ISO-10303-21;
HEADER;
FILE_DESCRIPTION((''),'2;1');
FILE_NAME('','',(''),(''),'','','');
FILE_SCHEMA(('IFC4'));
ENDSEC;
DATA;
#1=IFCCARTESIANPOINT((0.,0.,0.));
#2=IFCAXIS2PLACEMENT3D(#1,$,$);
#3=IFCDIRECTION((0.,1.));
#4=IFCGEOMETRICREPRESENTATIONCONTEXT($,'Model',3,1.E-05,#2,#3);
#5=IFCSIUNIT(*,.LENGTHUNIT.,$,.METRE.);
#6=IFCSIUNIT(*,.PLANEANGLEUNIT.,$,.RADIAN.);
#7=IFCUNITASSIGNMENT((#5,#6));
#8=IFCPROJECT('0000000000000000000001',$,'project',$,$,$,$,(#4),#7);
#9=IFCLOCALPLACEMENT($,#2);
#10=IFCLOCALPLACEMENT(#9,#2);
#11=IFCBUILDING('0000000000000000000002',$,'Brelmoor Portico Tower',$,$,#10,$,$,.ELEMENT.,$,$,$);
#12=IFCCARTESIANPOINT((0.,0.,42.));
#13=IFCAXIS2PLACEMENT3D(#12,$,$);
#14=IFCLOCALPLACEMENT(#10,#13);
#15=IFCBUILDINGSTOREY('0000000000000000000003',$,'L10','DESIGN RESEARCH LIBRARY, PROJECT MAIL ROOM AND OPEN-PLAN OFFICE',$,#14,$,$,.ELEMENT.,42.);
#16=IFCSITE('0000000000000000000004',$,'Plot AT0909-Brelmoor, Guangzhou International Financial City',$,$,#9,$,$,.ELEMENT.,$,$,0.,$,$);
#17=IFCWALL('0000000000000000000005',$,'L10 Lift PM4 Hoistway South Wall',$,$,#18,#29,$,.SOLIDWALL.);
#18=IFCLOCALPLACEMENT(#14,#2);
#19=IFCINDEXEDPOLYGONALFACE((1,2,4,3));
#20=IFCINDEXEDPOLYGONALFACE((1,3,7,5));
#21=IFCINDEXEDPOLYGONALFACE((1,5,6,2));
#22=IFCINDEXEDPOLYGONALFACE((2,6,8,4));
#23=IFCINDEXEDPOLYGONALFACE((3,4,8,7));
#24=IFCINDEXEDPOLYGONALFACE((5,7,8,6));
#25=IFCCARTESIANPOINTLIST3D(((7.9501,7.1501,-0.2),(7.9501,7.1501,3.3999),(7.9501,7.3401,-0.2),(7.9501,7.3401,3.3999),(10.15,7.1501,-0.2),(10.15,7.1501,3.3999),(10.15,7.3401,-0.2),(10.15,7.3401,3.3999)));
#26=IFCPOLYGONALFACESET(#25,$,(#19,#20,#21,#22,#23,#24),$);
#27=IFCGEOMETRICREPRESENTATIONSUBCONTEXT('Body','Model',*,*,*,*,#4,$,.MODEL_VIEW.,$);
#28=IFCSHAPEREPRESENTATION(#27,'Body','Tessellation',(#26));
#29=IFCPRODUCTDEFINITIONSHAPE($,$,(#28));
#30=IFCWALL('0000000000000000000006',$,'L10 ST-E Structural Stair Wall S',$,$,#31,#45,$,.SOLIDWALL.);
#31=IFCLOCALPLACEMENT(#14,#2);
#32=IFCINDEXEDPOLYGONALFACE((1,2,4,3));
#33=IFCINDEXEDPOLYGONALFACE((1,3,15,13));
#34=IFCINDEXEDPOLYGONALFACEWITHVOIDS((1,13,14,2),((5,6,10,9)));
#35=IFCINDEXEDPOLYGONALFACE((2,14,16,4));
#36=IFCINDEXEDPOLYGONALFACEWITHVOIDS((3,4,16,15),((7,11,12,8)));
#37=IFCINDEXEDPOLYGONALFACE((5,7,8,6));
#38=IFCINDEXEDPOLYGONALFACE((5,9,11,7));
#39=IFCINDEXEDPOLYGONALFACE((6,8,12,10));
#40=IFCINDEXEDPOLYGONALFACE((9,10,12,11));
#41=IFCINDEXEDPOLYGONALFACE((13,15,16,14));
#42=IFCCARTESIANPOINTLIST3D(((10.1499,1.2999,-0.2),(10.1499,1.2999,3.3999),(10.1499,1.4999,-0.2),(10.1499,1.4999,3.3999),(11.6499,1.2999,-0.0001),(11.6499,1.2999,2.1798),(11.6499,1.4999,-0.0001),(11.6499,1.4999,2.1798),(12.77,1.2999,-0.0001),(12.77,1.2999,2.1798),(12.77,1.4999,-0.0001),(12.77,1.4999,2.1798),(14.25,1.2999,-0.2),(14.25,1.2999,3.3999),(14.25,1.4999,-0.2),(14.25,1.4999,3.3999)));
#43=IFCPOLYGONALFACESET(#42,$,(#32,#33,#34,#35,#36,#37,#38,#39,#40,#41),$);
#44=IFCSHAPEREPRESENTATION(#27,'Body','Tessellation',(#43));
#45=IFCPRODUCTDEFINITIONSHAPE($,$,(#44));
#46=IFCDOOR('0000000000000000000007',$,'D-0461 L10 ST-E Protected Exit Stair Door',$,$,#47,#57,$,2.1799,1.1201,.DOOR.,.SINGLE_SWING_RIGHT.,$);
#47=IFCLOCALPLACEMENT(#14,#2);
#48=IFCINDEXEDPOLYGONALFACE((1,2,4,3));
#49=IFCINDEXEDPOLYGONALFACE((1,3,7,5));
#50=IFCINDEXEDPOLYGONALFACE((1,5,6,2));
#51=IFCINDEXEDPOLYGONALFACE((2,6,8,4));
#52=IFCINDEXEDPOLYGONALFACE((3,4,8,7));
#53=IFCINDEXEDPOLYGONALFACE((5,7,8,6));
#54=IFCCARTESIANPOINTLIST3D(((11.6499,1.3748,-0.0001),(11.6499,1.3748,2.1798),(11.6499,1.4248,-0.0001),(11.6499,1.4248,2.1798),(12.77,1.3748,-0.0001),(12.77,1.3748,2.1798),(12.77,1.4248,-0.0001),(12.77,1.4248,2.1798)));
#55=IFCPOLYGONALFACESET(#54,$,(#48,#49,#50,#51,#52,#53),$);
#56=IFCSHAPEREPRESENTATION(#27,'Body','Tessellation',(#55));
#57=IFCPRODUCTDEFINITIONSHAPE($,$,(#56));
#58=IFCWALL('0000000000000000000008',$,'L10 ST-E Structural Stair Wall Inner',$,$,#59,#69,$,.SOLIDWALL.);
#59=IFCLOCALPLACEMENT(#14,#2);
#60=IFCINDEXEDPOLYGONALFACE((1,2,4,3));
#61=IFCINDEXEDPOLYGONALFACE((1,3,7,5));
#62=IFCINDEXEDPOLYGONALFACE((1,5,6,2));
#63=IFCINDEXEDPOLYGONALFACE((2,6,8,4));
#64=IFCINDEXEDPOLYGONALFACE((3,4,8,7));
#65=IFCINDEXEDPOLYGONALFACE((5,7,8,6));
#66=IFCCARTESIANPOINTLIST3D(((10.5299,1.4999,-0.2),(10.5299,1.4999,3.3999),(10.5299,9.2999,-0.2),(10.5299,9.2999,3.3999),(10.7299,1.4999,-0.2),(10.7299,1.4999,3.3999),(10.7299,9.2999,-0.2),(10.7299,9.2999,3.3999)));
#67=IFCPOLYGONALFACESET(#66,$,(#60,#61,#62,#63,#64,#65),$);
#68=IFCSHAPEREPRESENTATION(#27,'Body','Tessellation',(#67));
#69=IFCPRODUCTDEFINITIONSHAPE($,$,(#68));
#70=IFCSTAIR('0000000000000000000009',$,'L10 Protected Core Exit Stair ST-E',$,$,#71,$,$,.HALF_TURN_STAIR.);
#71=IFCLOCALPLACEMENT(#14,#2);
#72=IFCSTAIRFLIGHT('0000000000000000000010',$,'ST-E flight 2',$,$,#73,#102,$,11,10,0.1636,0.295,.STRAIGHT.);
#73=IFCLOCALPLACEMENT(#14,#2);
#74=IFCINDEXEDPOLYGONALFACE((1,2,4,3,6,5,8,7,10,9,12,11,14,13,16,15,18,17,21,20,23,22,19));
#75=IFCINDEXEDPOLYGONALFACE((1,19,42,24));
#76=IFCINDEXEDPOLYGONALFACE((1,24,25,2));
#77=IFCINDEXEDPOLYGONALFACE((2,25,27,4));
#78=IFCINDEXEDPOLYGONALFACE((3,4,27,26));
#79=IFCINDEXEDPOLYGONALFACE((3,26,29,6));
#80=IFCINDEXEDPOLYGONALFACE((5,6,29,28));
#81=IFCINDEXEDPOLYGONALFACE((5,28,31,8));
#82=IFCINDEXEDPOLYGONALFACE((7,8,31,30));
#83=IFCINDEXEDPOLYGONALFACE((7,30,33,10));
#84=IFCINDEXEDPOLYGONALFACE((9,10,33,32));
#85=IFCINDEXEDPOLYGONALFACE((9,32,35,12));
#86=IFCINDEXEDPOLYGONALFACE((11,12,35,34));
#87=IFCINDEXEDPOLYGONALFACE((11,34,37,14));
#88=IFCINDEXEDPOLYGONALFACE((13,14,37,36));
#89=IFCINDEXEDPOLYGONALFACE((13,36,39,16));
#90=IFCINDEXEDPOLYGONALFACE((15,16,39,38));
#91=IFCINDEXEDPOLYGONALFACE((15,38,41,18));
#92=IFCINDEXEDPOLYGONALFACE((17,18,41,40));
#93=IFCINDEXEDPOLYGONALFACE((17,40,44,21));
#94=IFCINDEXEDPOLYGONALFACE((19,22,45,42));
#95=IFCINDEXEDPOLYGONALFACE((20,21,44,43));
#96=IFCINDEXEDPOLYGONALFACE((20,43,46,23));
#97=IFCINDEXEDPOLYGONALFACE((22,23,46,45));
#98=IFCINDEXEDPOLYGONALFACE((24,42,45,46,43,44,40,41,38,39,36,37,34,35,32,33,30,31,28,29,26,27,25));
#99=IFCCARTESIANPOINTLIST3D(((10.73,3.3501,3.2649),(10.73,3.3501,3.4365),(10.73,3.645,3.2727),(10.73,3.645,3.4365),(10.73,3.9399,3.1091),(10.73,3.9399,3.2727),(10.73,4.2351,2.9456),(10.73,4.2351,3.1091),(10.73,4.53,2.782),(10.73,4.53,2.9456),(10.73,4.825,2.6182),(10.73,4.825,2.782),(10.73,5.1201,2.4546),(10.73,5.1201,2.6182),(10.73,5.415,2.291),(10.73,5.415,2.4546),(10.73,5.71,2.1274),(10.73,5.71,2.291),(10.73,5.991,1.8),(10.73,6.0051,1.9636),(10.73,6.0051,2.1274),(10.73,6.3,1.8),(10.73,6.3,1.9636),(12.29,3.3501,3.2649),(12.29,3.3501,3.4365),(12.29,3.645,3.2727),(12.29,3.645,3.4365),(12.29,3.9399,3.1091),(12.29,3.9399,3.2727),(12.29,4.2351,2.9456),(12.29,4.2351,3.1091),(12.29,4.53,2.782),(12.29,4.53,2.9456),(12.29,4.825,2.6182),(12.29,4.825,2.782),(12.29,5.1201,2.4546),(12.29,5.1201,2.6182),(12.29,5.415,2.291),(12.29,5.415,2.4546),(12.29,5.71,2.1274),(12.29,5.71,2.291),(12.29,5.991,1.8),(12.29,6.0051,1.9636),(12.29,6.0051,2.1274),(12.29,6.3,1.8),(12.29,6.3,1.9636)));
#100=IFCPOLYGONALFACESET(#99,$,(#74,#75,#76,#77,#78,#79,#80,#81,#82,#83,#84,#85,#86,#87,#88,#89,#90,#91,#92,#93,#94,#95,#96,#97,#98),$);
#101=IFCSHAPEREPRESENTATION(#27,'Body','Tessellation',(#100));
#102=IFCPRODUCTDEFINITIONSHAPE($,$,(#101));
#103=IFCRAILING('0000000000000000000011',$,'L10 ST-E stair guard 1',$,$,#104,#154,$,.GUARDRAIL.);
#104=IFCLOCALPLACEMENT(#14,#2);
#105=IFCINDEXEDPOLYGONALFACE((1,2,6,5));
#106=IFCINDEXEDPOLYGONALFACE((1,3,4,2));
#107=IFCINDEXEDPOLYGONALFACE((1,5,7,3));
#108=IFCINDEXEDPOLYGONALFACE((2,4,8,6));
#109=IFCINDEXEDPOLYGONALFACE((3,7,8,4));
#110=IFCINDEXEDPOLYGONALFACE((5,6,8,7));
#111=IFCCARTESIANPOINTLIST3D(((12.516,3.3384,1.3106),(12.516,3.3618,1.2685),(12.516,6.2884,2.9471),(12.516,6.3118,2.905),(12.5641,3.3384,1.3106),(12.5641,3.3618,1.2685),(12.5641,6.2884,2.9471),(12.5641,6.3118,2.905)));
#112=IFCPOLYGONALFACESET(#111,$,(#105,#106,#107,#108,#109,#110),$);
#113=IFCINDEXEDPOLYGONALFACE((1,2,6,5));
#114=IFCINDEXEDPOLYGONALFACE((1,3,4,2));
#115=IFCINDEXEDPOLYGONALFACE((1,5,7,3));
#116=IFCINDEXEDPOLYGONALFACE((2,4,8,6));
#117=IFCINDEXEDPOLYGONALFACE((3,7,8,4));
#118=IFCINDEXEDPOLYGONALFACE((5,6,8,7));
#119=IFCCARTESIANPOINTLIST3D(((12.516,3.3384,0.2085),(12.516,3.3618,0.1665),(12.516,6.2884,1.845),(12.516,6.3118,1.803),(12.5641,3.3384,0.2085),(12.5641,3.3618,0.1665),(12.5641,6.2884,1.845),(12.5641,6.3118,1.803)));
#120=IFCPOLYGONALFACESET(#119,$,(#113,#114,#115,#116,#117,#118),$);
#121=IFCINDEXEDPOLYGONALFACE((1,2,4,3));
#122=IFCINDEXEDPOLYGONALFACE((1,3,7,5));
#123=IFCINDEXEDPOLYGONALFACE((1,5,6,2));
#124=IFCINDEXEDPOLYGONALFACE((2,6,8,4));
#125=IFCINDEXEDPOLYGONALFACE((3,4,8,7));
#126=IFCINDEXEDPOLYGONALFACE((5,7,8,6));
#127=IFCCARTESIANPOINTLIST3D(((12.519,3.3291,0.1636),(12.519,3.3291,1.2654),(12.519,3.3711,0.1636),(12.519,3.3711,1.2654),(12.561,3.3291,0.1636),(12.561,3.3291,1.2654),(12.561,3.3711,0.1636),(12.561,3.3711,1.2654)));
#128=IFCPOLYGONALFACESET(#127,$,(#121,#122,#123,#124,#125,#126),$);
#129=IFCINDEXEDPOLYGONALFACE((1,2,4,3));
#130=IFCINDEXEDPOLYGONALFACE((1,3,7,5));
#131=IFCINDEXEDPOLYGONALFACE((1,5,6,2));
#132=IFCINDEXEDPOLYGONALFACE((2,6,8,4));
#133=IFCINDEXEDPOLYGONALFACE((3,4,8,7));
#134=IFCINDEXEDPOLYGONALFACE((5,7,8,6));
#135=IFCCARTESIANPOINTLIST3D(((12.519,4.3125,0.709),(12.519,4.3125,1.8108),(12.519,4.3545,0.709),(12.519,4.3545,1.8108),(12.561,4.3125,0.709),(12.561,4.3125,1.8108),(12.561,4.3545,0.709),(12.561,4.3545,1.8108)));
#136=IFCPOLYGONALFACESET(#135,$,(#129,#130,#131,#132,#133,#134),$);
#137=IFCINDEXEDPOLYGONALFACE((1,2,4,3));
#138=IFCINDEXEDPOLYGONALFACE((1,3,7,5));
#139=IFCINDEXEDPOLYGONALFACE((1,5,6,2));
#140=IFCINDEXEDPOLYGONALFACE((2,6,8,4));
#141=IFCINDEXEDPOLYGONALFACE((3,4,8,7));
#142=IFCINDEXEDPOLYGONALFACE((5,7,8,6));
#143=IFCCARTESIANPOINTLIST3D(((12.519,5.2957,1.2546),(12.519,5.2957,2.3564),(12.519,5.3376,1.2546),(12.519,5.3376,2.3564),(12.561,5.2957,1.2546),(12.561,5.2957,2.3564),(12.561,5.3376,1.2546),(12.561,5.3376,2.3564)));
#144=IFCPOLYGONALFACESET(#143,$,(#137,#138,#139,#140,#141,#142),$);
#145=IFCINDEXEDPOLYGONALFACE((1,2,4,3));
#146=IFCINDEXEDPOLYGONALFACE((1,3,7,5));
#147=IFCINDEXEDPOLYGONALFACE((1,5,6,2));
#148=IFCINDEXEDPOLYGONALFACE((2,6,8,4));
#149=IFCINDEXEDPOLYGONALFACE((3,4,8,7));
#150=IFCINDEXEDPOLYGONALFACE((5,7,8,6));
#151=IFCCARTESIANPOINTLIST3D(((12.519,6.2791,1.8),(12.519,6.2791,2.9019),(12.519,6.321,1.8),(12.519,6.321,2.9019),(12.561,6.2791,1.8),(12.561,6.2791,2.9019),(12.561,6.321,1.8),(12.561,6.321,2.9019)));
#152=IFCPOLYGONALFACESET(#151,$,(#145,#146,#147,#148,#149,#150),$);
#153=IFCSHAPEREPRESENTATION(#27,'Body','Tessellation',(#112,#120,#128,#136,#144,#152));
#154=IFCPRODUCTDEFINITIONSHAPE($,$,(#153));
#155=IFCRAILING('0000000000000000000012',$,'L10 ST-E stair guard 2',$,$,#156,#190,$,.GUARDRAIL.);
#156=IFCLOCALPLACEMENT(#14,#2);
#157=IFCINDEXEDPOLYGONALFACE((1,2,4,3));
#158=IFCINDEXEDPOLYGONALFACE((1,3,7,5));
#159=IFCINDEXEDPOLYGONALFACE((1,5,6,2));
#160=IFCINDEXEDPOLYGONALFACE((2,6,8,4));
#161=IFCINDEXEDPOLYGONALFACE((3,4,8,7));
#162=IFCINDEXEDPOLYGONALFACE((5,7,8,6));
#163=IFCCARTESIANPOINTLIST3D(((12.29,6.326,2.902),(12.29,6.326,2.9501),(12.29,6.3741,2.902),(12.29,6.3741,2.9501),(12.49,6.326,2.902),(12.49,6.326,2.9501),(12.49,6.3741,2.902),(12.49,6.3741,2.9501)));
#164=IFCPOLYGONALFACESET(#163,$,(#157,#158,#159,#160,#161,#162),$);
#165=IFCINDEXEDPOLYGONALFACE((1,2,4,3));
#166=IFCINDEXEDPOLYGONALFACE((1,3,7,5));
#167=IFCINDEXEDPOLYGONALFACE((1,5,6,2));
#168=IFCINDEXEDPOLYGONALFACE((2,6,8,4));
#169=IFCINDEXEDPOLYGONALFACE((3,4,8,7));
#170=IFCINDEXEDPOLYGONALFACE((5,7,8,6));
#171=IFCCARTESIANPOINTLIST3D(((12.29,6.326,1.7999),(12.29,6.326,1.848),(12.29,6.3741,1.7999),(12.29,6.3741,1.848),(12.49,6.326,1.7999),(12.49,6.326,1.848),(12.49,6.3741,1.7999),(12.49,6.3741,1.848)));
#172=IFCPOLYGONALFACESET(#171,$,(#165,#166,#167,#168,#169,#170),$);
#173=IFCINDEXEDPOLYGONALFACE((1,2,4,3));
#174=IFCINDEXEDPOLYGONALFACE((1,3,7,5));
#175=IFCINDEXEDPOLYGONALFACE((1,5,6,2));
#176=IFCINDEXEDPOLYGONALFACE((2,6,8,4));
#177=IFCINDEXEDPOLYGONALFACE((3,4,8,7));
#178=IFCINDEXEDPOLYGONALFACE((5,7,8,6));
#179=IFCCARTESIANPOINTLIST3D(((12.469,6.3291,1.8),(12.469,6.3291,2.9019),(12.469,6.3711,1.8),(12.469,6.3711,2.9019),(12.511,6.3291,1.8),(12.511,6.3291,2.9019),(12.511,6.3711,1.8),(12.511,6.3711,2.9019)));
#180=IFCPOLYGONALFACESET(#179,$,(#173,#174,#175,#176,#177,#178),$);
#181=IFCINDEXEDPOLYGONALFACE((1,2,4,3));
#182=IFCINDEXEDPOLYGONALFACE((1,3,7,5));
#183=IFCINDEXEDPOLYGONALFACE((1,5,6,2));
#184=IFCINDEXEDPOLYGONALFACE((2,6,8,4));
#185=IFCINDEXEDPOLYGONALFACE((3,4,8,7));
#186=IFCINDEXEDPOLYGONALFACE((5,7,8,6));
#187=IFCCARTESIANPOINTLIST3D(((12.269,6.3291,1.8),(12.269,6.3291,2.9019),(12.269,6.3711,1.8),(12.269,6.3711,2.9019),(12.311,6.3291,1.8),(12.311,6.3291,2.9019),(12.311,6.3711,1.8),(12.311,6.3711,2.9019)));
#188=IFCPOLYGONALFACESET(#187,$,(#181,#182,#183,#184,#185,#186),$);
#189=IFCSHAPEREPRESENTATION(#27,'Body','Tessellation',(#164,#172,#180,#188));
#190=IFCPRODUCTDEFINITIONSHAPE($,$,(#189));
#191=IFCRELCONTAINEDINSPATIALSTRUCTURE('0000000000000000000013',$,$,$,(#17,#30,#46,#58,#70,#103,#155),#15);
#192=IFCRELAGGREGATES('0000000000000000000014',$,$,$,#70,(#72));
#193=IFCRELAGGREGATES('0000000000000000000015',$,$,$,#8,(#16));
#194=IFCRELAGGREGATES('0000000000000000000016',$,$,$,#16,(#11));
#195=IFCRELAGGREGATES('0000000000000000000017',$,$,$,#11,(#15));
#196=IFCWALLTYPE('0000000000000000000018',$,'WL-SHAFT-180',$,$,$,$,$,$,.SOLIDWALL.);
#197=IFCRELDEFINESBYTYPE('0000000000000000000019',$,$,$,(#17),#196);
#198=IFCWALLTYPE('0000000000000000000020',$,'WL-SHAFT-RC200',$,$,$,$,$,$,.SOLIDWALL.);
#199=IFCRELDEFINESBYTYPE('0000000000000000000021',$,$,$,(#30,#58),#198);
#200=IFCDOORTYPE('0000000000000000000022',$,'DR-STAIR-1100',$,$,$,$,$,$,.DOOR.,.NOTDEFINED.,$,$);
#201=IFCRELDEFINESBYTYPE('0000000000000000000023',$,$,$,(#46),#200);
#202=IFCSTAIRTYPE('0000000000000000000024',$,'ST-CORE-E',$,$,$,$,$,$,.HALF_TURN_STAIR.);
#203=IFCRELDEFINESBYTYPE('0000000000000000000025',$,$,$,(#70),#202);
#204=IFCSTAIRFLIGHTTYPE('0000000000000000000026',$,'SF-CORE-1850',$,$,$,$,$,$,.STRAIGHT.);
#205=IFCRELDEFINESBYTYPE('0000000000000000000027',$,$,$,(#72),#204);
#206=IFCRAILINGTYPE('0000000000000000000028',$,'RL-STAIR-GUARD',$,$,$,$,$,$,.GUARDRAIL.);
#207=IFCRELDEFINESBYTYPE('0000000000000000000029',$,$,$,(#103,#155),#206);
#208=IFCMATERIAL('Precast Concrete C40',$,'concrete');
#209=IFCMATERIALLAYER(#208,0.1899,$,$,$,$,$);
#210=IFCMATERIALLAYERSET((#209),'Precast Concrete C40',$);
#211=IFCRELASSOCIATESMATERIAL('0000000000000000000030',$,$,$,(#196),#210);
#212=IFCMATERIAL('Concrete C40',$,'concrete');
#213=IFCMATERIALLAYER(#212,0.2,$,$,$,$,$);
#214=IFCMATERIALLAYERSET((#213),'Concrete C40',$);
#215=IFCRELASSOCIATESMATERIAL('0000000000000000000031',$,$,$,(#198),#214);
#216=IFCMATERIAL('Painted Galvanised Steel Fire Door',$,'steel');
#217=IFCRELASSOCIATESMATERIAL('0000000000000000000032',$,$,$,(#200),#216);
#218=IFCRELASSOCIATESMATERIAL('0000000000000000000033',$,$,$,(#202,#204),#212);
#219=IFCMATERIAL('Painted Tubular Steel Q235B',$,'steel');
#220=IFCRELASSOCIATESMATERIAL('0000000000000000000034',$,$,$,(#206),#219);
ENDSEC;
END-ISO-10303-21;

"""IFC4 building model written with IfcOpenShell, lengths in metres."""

from ifc_helpers import new_model, si_unit, direction, frame, frame_2d, origin, origin_2d, place, context, subcontext, project, spatial, polyline, rectangle, outline, extrude, material, layer, layer_set, type_object, element, fill, aggregate, save


model = new_model("IFC4")

# Units and contexts
model_context = context("Model", 3, precision=1e-05, world=origin(), true_north=direction((0.0, 1.0)))
body_context = subcontext(model_context, "Body", "Model", "MODEL_VIEW")
ifc_project = project(units=[si_unit("LENGTHUNIT", "METRE"), si_unit("PLANEANGLEUNIT", "RADIAN")], contexts=[model_context])

# Site, building, storey
site_placement = place(None, origin())
site = spatial("IfcSite", under=ifc_project, at=site_placement, Name="Plot AT0909-Brelmoor, Guangzhou International Financial City", CompositionType="ELEMENT", RefElevation=0.0)
building_placement = place(site_placement, origin())
building = spatial("IfcBuilding", under=site, at=building_placement, Name="Brelmoor Portico Tower", CompositionType="ELEMENT")
storey_placement = place(building_placement, frame((0.0, 0.0, 42.0)))
storey = spatial("IfcBuildingStorey", under=building, at=storey_placement, Name="L10", Description="DESIGN RESEARCH LIBRARY, PROJECT MAIL ROOM AND OPEN-PLAN OFFICE", CompositionType="ELEMENT", Elevation=42.0)

# Wall
ifc_material_1 = material(Name="Precast Concrete C40", Category="concrete")
ifc_layer_1 = layer(ifc_material_1, 0.1899)
ifc_layer_set_1 = layer_set([ifc_layer_1], Name="Precast Concrete C40")
wall_type_1 = type_object("IfcWallType", Name="WL-SHAFT-180", PredefinedType="SOLIDWALL", material=ifc_layer_set_1)
wall_1_placement = place(storey_placement, frame((7.95, 7.2451, -0.2), z_axis=(0.0, 0.0, 1.0), x_axis=(1.0, 0.0, 0.0)))
element("IfcWall", 1, at=wall_1_placement, inside=storey, type_object=wall_type_1, Name="L10 Lift PM4 Hoistway South Wall", PredefinedType="SOLIDWALL", context=body_context, shape_type="SweptSolid", body=[
    extrude(rectangle(XDim=2.2, YDim=0.1899, at=frame_2d((1.1001, 0.0))), origin(), (0.0, 0.0, 1.0), 3.5999),
])

# Wall, opening, door
ifc_material_2 = material(Name="Concrete C40", Category="concrete")
ifc_layer_2 = layer(ifc_material_2, 0.2)
ifc_layer_set_2 = layer_set([ifc_layer_2], Name="Concrete C40")
wall_type_2 = type_object("IfcWallType", Name="WL-SHAFT-RC200", PredefinedType="SOLIDWALL", material=ifc_layer_set_2)
wall_2_placement = place(storey_placement, frame((10.1499, 1.3999, -0.2), z_axis=(0.0, 0.0, 1.0), x_axis=(1.0, 0.0, 0.0)))
wall_2 = element("IfcWall", 2, at=wall_2_placement, inside=storey, type_object=wall_type_2, Name="L10 ST-E Structural Stair Wall S", PredefinedType="SOLIDWALL", context=body_context, shape_type="SweptSolid", body=[
    extrude(rectangle(XDim=4.1001, YDim=0.2, at=frame_2d((2.05, 0.0))), origin(), (0.0, 0.0, 1.0), 3.5999),
])
opening_placement = place(wall_2_placement, frame((1.5, 0.0, 0.2)))
opening = element("IfcOpeningElement", 3, at=opening_placement, cuts=wall_2, PredefinedType="OPENING", context=body_context, shape_type="SweptSolid", body=[
    extrude(rectangle(XDim=1.1201, YDim=2.1799, at=frame_2d((0.5601, 1.0898))), frame((0.0, 0.1099, 0.0), z_axis=(0.0, -1.0, 0.0), x_axis=(1.0, 0.0, 0.0)), (0.0, 0.0, 1.0), 0.22),
])
ifc_material_3 = material(Name="Painted Galvanised Steel Fire Door", Category="steel")
door_type = type_object("IfcDoorType", Name="DR-STAIR-1100", OperationType="NOTDEFINED", PredefinedType="DOOR", material=ifc_material_3)
door_placement = place(opening_placement, origin())
door = element("IfcDoor", 4, at=door_placement, inside=storey, type_object=door_type, Name="D-0461 L10 ST-E Protected Exit Stair Door", OperationType="SINGLE_SWING_RIGHT", OverallHeight=2.1799, OverallWidth=1.1201, PredefinedType="DOOR", context=body_context, shape_type="SweptSolid", body=[
    extrude(rectangle(XDim=1.1201, YDim=2.1799, at=frame_2d((0.5601, 1.0898))), frame((0.0, 0.0249, 0.0), z_axis=(0.0, -1.0, 0.0), x_axis=(1.0, 0.0, 0.0)), (0.0, 0.0, 1.0), 0.05),
])
fill(opening, door)

# Wall
wall_3_placement = place(storey_placement, frame((10.6299, 1.5, -0.2), z_axis=(0.0, 0.0, 1.0), x_axis=(0.0, 1.0, 0.0)))
element("IfcWall", 5, at=wall_3_placement, inside=storey, type_object=wall_type_2, Name="L10 ST-E Structural Stair Wall Inner", PredefinedType="SOLIDWALL", context=body_context, shape_type="SweptSolid", body=[
    extrude(rectangle(XDim=7.8, YDim=0.2, at=frame_2d((3.8999, 0.0))), origin(), (0.0, 0.0, 1.0), 3.5999),
])

# Stair, stair flight
stair_type = type_object("IfcStairType", Name="ST-CORE-E", PredefinedType="HALF_TURN_STAIR", material=ifc_material_2)
stair_placement = place(storey_placement, origin())
stair = element("IfcStair", 6, at=stair_placement, inside=storey, type_object=stair_type, Name="L10 Protected Core Exit Stair ST-E", PredefinedType="HALF_TURN_STAIR")
stair_flight_type = type_object("IfcStairFlightType", Name="SF-CORE-1850", PredefinedType="STRAIGHT", material=ifc_material_2)
stair_flight_placement = place(storey_placement, frame((11.51, 6.3, 1.8), z_axis=(0.0, 0.0, 1.0), x_axis=(0.0, -1.0, 0.0)))
stair_flight = element("IfcStairFlight", 7, at=stair_flight_placement, type_object=stair_flight_type, Name="ST-E flight 2", NumberOfRisers=11, NumberOfTreads=10, PredefinedType="STRAIGHT", RiserHeight=0.1636, TreadLength=0.295, context=body_context, shape_type="SweptSolid", body=[
    extrude(outline(polyline([(0.0, 0.0), (0.0, 0.1636), (0.2949, 0.1636), (0.2949, 0.3274), (0.5901, 0.3274), (0.5901, 0.491), (0.885, 0.491), (0.885, 0.6545), (1.1799, 0.6545), (1.1799, 0.8181), (1.4751, 0.8181), (1.4751, 0.9819), (1.77, 0.9819), (1.77, 1.1455), (2.0649, 1.1455), (2.0649, 1.3091), (2.3601, 1.3091), (2.3601, 1.4727), (2.655, 1.4727), (2.655, 1.6365), (2.95, 1.6365), (2.95, 1.8), (2.95, 1.4648), (0.3091, 0.0), (0.0, 0.0)])), frame((0.0, 0.78, 0.0), z_axis=(0.0, -1.0, 0.0), x_axis=(1.0, 0.0, 0.0)), (0.0, 0.0, 1.0), 1.5601),
])
aggregate(stair, [stair_flight])

# Railings
ifc_material_4 = material(Name="Painted Tubular Steel Q235B", Category="steel")
railing_type_1 = type_object("IfcRailingType", Name="RL-STAIR-GUARD", PredefinedType="GUARDRAIL", material=ifc_material_4)
railing_1_placement = place(storey_placement, frame((12.54, 3.3501, 0.1636)))
element("IfcRailing", 8, at=railing_1_placement, inside=storey, type_object=railing_type_1, Name="L10 ST-E stair guard 1", PredefinedType="GUARDRAIL", context=body_context, shape_type="SweptSolid", body=[
    extrude(rectangle(XDim=0.0481, YDim=0.0481, at=origin_2d()), frame((0.0, 0.0, 1.126), z_axis=(0.0, 0.874458, 0.485102), x_axis=(-1.0, 0.0, 0.0)), (0.0, 0.0, 1.0), 3.3735),
    extrude(rectangle(XDim=0.0481, YDim=0.0481, at=origin_2d()), frame((0.0, 0.0, 0.0239), z_axis=(0.0, 0.874458, 0.485102), x_axis=(-1.0, 0.0, 0.0)), (0.0, 0.0, 1.0), 3.3735),
    extrude(rectangle(XDim=0.042, YDim=0.042, at=origin_2d()), origin(), (0.0, 0.0, 1.0), 1.1018),
    extrude(rectangle(XDim=0.042, YDim=0.042, at=origin_2d()), frame((0.0, 0.9834, 0.5454)), (0.0, 0.0, 1.0), 1.1018),
    extrude(rectangle(XDim=0.042, YDim=0.042, at=origin_2d()), frame((0.0, 1.9666, 1.0911)), (0.0, 0.0, 1.0), 1.1018),
    extrude(rectangle(XDim=0.042, YDim=0.042, at=origin_2d()), frame((0.0, 2.95, 1.6365)), (0.0, 0.0, 1.0), 1.1018),
])
railing_2_placement = place(storey_placement, frame((12.49, 6.3501, 1.8)))
element("IfcRailing", 9, at=railing_2_placement, inside=storey, type_object=railing_type_1, Name="L10 ST-E stair guard 2", PredefinedType="GUARDRAIL", context=body_context, shape_type="SweptSolid", body=[
    extrude(rectangle(XDim=0.0481, YDim=0.0481, at=origin_2d()), frame((0.0, 0.0, 1.126), z_axis=(-1.0, 0.0, 0.0), x_axis=(0.0, -1.0, 0.0)), (0.0, 0.0, 1.0), 0.2),
    extrude(rectangle(XDim=0.0481, YDim=0.0481, at=origin_2d()), frame((0.0, 0.0, 0.0239), z_axis=(-1.0, 0.0, 0.0), x_axis=(0.0, -1.0, 0.0)), (0.0, 0.0, 1.0), 0.2),
    extrude(rectangle(XDim=0.042, YDim=0.042, at=origin_2d()), origin(), (0.0, 0.0, 1.0), 1.1018),
    extrude(rectangle(XDim=0.042, YDim=0.042, at=origin_2d()), frame((-0.2, 0.0, 0.0)), (0.0, 0.0, 1.0), 1.1018),
])

save(model, "model.ifc")
